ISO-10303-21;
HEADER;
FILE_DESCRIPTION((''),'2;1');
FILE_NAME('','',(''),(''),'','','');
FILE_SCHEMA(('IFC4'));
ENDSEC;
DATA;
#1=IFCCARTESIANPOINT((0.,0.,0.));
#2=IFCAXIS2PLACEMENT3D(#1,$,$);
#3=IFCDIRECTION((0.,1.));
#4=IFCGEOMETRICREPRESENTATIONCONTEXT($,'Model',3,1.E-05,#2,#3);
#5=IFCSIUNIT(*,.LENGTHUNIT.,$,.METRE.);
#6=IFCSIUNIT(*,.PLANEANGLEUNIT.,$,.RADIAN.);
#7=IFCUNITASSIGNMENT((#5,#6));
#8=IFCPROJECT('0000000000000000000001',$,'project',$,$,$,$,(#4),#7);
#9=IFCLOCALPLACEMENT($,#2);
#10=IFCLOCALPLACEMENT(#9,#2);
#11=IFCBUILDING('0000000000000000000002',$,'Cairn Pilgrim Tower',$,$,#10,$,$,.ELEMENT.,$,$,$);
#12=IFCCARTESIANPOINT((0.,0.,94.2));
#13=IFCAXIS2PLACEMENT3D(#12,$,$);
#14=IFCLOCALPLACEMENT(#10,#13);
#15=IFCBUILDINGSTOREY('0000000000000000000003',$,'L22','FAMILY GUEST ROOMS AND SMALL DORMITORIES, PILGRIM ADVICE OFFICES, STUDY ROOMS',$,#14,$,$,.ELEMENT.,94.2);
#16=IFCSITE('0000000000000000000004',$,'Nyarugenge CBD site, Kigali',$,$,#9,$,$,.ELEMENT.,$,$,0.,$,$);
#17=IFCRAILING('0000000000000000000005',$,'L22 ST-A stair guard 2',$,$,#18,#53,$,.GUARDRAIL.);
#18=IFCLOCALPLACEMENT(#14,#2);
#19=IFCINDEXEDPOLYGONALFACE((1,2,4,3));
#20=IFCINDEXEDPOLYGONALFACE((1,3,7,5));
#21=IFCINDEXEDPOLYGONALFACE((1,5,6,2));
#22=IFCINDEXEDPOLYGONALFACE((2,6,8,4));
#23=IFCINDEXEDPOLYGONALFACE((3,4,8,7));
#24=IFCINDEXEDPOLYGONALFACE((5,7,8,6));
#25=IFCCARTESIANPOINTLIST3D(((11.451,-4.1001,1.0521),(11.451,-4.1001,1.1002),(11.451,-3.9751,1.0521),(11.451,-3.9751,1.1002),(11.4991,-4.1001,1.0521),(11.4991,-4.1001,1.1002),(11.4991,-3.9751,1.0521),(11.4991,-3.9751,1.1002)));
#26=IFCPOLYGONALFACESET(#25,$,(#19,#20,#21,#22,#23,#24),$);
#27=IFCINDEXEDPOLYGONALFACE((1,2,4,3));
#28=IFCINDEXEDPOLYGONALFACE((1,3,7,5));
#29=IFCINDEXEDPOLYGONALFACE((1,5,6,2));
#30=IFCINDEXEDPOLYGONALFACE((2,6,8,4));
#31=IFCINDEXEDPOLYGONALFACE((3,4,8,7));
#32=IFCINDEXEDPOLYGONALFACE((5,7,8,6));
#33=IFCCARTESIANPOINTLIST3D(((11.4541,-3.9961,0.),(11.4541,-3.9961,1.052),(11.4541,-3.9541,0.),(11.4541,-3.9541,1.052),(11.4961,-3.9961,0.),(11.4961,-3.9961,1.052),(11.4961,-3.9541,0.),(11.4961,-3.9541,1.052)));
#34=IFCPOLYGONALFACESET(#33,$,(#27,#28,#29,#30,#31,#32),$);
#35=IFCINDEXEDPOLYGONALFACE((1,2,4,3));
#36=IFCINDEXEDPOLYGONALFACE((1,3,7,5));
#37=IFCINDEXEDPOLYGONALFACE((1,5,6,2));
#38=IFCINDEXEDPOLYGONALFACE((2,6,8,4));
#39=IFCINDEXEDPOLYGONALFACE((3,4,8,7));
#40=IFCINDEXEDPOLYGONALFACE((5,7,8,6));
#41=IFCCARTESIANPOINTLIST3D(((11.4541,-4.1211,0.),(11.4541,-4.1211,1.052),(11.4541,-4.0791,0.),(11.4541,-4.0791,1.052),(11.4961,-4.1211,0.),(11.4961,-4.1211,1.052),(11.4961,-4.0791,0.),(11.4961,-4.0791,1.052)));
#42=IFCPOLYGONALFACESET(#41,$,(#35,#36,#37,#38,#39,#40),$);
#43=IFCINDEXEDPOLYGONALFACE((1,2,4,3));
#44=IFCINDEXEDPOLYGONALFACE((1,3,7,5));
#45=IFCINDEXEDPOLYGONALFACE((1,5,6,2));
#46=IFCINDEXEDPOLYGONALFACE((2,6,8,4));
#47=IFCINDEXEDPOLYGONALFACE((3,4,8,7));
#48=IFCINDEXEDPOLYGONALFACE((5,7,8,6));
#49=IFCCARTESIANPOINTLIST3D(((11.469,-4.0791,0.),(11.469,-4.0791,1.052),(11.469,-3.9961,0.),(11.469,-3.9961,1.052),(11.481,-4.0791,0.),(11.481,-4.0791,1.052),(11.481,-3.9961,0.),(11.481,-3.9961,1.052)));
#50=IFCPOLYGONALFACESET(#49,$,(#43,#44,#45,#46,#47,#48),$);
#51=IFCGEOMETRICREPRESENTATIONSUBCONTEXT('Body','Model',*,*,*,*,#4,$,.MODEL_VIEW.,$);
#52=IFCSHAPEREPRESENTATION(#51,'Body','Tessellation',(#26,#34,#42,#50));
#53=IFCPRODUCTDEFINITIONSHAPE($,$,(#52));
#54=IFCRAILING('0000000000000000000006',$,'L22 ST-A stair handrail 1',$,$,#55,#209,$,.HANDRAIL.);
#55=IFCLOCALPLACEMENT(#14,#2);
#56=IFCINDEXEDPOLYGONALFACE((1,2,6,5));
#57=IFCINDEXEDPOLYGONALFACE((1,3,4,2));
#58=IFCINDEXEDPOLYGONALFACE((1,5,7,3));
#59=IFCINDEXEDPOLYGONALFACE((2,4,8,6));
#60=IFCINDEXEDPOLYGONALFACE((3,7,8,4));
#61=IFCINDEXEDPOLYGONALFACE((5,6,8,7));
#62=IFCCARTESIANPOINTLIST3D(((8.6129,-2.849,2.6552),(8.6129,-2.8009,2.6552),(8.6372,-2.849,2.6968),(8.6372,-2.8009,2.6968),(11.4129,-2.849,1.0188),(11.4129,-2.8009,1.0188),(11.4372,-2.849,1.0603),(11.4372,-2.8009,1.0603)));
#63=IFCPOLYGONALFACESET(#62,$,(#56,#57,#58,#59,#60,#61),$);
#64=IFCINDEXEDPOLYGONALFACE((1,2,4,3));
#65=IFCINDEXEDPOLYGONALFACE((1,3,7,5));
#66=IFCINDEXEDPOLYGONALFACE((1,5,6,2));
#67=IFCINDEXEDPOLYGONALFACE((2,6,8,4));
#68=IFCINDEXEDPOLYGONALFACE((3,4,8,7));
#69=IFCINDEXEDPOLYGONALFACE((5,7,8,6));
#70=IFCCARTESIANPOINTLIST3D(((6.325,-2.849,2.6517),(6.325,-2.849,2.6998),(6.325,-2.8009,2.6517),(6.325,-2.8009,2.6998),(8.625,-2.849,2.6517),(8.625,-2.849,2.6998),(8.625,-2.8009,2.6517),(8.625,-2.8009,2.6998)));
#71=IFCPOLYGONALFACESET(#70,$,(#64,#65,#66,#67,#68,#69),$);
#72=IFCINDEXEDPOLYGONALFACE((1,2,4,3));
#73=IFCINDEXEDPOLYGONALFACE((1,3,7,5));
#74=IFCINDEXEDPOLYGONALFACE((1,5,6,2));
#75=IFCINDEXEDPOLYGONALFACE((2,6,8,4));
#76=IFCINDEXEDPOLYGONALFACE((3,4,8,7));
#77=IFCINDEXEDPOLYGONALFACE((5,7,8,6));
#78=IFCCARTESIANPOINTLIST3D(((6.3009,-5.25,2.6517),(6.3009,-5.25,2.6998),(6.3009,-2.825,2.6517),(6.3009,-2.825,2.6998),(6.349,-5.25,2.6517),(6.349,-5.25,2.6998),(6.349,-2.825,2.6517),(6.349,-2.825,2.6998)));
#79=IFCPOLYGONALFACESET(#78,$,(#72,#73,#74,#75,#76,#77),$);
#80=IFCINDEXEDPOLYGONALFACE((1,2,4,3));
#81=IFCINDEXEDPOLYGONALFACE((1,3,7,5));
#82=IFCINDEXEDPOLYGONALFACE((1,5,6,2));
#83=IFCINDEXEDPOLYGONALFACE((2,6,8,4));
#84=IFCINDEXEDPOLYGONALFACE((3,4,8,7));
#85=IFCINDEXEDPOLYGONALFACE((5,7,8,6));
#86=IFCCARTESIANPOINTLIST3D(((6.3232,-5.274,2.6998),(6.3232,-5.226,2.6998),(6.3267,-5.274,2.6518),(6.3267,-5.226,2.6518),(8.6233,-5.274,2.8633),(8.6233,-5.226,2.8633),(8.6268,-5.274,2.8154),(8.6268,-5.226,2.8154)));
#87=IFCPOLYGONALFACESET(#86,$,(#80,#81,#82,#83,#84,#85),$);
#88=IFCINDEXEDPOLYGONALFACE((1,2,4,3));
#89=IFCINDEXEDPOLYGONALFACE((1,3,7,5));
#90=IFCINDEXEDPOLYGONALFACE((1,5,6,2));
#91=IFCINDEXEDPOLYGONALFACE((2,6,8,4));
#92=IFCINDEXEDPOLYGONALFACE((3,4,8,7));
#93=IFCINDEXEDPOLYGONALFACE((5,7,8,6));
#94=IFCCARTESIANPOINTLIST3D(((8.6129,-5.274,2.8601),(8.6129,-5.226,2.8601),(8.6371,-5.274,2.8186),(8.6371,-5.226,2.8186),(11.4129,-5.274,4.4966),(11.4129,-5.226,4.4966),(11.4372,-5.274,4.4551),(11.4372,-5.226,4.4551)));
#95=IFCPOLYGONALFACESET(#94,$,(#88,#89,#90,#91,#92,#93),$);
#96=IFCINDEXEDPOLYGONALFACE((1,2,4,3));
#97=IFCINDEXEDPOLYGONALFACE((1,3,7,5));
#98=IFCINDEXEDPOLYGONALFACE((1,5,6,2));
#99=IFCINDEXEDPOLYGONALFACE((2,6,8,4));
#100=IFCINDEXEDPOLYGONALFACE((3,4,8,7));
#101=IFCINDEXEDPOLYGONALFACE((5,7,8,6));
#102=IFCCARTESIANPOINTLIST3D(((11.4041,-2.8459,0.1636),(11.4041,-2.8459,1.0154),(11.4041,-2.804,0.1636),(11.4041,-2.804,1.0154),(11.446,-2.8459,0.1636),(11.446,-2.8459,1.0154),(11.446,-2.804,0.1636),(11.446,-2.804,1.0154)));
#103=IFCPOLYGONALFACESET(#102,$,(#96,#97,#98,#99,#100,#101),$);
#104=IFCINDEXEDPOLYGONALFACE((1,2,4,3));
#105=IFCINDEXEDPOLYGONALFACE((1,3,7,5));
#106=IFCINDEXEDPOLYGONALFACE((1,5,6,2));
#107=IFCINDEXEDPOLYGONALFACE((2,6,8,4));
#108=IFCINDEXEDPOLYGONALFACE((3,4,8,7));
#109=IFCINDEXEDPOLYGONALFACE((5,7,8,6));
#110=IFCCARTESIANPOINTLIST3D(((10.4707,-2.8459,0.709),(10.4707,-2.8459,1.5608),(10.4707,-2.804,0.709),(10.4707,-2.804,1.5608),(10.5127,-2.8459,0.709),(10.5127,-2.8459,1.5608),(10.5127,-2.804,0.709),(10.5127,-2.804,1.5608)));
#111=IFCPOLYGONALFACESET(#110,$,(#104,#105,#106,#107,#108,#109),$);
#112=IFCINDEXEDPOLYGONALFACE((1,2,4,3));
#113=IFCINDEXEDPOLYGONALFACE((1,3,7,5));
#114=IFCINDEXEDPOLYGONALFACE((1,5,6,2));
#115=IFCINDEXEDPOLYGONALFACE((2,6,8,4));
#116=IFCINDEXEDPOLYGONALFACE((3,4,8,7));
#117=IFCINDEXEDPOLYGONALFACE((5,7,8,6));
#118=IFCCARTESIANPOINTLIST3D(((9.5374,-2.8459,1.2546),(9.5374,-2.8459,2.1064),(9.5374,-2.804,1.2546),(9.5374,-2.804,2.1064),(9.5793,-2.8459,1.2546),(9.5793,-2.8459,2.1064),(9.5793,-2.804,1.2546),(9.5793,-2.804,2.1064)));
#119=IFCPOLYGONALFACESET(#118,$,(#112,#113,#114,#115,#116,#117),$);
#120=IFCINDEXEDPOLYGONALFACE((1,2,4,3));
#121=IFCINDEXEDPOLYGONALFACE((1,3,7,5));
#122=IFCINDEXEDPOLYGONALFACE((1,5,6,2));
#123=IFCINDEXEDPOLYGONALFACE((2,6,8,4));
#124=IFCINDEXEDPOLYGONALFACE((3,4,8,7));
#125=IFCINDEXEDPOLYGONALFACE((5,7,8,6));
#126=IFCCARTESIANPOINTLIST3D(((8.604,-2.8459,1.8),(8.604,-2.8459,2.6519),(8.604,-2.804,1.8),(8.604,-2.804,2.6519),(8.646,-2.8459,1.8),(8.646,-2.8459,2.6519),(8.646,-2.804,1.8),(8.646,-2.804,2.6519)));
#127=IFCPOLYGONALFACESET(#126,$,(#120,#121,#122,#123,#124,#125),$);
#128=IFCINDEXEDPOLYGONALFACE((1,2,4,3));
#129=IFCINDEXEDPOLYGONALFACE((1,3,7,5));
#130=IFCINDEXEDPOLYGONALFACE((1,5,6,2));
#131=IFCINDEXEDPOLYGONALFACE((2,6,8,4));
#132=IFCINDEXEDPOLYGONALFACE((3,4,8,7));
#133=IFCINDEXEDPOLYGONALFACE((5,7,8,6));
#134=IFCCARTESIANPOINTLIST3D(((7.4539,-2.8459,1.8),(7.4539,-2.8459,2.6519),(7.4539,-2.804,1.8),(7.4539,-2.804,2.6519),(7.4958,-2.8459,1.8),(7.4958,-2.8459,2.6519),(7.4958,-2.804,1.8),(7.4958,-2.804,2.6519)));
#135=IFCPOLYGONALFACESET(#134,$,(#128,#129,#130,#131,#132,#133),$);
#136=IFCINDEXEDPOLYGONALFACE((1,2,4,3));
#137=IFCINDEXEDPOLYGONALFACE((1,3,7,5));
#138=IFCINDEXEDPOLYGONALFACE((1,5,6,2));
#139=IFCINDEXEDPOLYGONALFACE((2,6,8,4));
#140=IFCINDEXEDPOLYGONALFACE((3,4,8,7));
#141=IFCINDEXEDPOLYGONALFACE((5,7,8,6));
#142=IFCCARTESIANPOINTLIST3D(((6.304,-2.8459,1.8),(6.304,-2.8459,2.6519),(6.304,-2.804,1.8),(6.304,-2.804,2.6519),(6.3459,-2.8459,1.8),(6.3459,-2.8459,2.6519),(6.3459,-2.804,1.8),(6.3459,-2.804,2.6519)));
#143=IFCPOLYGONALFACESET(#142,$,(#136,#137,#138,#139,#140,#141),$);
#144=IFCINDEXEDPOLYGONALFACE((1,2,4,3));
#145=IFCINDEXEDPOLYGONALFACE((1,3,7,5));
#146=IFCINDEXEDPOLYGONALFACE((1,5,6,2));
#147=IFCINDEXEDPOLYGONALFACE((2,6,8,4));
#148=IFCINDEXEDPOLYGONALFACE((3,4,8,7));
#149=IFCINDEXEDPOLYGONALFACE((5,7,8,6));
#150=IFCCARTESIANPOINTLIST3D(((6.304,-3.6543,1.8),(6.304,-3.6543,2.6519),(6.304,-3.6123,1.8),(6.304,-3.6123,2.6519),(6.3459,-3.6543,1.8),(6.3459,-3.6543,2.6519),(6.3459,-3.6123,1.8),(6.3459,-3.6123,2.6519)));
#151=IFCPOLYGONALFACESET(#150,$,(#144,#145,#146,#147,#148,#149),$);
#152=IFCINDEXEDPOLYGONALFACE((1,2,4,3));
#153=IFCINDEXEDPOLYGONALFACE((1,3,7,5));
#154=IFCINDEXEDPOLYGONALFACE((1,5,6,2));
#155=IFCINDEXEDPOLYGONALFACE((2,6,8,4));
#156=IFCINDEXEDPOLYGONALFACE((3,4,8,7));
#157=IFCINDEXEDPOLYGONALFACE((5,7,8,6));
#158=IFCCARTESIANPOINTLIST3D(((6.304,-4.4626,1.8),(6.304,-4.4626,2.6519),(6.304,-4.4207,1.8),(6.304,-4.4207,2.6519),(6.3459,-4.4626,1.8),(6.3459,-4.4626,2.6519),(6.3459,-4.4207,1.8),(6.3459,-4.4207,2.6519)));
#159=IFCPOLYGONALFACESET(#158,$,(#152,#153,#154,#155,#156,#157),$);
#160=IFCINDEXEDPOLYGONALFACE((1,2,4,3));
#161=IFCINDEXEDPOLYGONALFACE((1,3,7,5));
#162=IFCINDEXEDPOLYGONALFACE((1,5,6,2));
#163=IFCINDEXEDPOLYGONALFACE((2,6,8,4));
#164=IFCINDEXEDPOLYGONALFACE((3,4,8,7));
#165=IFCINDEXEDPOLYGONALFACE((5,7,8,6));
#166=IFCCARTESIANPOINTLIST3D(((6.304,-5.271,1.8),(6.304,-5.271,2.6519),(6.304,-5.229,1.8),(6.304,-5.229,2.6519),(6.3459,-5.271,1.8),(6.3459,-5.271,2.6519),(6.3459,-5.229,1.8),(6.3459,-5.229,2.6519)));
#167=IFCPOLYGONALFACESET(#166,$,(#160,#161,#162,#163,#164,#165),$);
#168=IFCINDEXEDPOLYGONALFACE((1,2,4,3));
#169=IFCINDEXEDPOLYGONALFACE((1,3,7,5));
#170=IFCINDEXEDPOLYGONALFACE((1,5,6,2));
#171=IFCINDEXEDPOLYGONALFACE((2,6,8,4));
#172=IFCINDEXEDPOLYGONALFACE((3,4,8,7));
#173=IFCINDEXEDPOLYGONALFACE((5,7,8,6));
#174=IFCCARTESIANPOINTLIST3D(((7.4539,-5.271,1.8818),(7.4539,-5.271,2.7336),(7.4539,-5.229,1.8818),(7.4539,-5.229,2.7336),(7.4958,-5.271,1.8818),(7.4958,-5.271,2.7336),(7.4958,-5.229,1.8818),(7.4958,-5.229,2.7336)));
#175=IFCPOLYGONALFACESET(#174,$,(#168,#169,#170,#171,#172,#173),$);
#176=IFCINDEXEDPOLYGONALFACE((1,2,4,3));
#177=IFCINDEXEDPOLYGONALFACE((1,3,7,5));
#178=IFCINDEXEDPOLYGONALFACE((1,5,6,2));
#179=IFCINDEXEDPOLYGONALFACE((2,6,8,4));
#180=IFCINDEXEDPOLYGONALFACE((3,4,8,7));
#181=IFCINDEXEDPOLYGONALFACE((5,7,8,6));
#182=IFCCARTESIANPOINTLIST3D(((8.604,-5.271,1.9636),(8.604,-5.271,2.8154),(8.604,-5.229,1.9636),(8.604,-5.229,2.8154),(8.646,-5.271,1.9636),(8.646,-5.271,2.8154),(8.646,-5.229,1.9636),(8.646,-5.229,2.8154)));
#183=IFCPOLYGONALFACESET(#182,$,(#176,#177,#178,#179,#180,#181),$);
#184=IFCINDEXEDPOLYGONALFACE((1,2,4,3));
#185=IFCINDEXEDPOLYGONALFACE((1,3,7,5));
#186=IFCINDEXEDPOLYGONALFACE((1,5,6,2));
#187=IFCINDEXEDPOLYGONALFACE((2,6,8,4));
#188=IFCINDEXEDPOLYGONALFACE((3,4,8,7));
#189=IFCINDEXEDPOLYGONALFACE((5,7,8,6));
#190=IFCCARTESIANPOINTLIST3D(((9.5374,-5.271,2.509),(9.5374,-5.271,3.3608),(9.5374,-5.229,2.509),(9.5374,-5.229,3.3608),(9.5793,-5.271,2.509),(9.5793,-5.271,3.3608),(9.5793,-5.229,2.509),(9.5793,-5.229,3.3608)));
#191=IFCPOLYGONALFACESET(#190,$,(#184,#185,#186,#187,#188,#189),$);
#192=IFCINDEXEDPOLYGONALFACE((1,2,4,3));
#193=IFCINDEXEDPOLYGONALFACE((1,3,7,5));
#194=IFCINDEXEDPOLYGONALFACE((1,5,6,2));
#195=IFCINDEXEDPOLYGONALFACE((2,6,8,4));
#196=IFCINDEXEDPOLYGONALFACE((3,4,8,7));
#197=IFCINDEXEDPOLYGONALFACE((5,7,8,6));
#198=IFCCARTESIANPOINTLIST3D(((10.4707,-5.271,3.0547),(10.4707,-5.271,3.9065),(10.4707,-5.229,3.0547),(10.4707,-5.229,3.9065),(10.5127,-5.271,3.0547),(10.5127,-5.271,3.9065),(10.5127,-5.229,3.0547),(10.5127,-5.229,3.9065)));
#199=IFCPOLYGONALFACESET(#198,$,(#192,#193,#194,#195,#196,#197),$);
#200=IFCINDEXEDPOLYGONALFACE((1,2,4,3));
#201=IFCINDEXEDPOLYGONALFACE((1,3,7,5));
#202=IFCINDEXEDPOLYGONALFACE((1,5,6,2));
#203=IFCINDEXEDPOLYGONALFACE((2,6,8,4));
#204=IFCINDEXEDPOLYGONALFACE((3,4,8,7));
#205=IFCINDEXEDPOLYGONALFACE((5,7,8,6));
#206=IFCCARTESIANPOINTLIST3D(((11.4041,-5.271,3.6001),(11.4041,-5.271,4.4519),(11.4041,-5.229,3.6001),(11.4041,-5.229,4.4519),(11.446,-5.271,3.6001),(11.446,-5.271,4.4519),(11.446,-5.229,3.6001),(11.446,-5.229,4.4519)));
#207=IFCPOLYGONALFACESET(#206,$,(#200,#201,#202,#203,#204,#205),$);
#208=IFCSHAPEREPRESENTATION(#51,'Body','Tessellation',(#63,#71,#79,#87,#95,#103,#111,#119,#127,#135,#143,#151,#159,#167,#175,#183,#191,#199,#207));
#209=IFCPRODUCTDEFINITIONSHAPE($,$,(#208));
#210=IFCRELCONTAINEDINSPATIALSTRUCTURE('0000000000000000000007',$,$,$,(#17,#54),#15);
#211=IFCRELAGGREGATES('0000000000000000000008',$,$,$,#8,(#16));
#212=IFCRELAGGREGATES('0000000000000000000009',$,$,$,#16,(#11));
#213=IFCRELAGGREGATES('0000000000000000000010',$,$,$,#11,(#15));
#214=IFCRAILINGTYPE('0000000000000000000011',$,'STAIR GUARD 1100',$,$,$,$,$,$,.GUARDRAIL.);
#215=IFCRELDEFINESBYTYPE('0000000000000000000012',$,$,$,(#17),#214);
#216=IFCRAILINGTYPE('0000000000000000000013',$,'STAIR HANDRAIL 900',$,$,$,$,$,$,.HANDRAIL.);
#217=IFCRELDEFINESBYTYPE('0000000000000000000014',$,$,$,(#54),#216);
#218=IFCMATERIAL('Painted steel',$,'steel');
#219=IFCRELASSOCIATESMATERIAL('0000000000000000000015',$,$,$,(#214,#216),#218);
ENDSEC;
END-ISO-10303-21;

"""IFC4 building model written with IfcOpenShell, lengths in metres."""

from ifc_helpers import new_model, si_unit, direction, frame, origin, origin_2d, place, context, subcontext, project, spatial, polyline, rectangle, outline, extrude, material, type_object, element, save


model = new_model("IFC4")

# Units and contexts
model_context = context("Model", 3, precision=1e-05, world=origin(), true_north=direction((0.0, 1.0)))
body_context = subcontext(model_context, "Body", "Model", "MODEL_VIEW")
ifc_project = project(units=[si_unit("LENGTHUNIT", "METRE"), si_unit("PLANEANGLEUNIT", "RADIAN")], contexts=[model_context])

# Site, building, storey
site_placement = place(None, origin())
site = spatial("IfcSite", under=ifc_project, at=site_placement, Name="Nyarugenge CBD site, Kigali", CompositionType="ELEMENT", RefElevation=0.0)
building_placement = place(site_placement, origin())
building = spatial("IfcBuilding", under=site, at=building_placement, Name="Cairn Pilgrim Tower", CompositionType="ELEMENT")
storey_placement = place(building_placement, frame((0.0, 0.0, 94.2)))
storey = spatial("IfcBuildingStorey", under=building, at=storey_placement, Name="L22", Description="FAMILY GUEST ROOMS AND SMALL DORMITORIES, PILGRIM ADVICE OFFICES, STUDY ROOMS", CompositionType="ELEMENT", Elevation=94.2)

# Shared definitions
ifc_material_1 = material(Name="Painted steel", Category="steel")

# Railings
railing_type_1 = type_object("IfcRailingType", Name="STAIR GUARD 1100", PredefinedType="GUARDRAIL", material=ifc_material_1)
railing_1_placement = place(storey_placement, frame((11.4751, -3.9751, 0.0)))
element("IfcRailing", 1, at=railing_1_placement, inside=storey, type_object=railing_type_1, Name="L22 ST-A stair guard 2", PredefinedType="GUARDRAIL", context=body_context, shape_type="SweptSolid", body=[
    extrude(rectangle(XDim=0.0481, YDim=0.0481, at=origin_2d()), frame((0.0, 0.0, 1.0762), z_axis=(0.0, -1.0, 0.0), x_axis=(1.0, 0.0, 0.0)), (0.0, 0.0, 1.0), 0.125),
    extrude(rectangle(XDim=0.042, YDim=0.042, at=origin_2d()), origin(), (0.0, 0.0, 1.0), 1.052),
    extrude(rectangle(XDim=0.042, YDim=0.042, at=origin_2d()), frame((0.0, -0.125, 0.0)), (0.0, 0.0, 1.0), 1.052),
    extrude(outline(polyline([(0.021, 0.0), (0.104, 0.0), (0.104, 1.052), (0.021, 1.052), (0.021, 0.0)])), frame((0.0059, 0.0, 0.0), z_axis=(-1.0, 0.0, 0.0), x_axis=(0.0, -1.0, 0.0)), (0.0, 0.0, 1.0), 0.012),
])
railing_type_2 = type_object("IfcRailingType", Name="STAIR HANDRAIL 900", PredefinedType="HANDRAIL", material=ifc_material_1)
railing_2_placement = place(storey_placement, frame((11.425, -2.825, 0.1636)))
element("IfcRailing", 2, at=railing_2_placement, inside=storey, type_object=railing_type_2, Name="L22 ST-A stair handrail 1", PredefinedType="HANDRAIL", context=body_context, shape_type="SweptSolid", body=[
    extrude(rectangle(XDim=0.0481, YDim=0.0481, at=origin_2d()), frame((0.0, 0.0, 0.876), z_axis=(-0.863361, 0.0, 0.504587), x_axis=(0.0, -1.0, 0.0)), (0.0, 0.0, 1.0), 3.2432),
    extrude(rectangle(XDim=0.0481, YDim=0.0481, at=origin_2d()), frame((-2.8, 0.0, 2.5122), z_axis=(-1.0, 0.0, 0.0), x_axis=(0.0, -1.0, 0.0)), (0.0, 0.0, 1.0), 2.3),
    extrude(rectangle(XDim=0.0481, YDim=0.0481, at=origin_2d()), frame((-5.1001, 0.0, 2.5122), z_axis=(0.0, -1.0, 0.0), x_axis=(1.0, 0.0, 0.0)), (0.0, 0.0, 1.0), 2.425),
    extrude(rectangle(XDim=0.0481, YDim=0.0481, at=origin_2d()), frame((-5.1001, -2.425, 2.5122), z_axis=(0.997481, 0.0, 0.070939), x_axis=(0.0, 1.0, 0.0)), (0.0, 0.0, 1.0), 2.3059),
    extrude(rectangle(XDim=0.0481, YDim=0.0481, at=origin_2d()), frame((-2.8, -2.425, 2.6758), z_axis=(0.863361, 0.0, 0.504587), x_axis=(0.0, 1.0, 0.0)), (0.0, 0.0, 1.0), 3.2432),
    extrude(rectangle(XDim=0.042, YDim=0.042, at=origin_2d()), origin(), (0.0, 0.0, 1.0), 0.8518),
    extrude(rectangle(XDim=0.042, YDim=0.042, at=origin_2d()), frame((-0.9333, 0.0, 0.5454)), (0.0, 0.0, 1.0), 0.8518),
    extrude(rectangle(XDim=0.042, YDim=0.042, at=origin_2d()), frame((-1.8667, 0.0, 1.0911)), (0.0, 0.0, 1.0), 0.8518),
    extrude(rectangle(XDim=0.042, YDim=0.042, at=origin_2d()), frame((-2.8, 0.0, 1.6365)), (0.0, 0.0, 1.0), 0.8518),
    extrude(rectangle(XDim=0.042, YDim=0.042, at=origin_2d()), frame((-3.9502, 0.0, 1.6365)), (0.0, 0.0, 1.0), 0.8518),
    extrude(rectangle(XDim=0.042, YDim=0.042, at=origin_2d()), frame((-5.1001, 0.0, 1.6365)), (0.0, 0.0, 1.0), 0.8518),
    extrude(rectangle(XDim=0.042, YDim=0.042, at=origin_2d()), frame((-5.1001, -0.8083, 1.6365)), (0.0, 0.0, 1.0), 0.8518),
    extrude(rectangle(XDim=0.042, YDim=0.042, at=origin_2d()), frame((-5.1001, -1.6167, 1.6365)), (0.0, 0.0, 1.0), 0.8518),
    extrude(rectangle(XDim=0.042, YDim=0.042, at=origin_2d()), frame((-5.1001, -2.425, 1.6365)), (0.0, 0.0, 1.0), 0.8518),
    extrude(rectangle(XDim=0.042, YDim=0.042, at=origin_2d()), frame((-3.9502, -2.425, 1.7183)), (0.0, 0.0, 1.0), 0.8518),
    extrude(rectangle(XDim=0.042, YDim=0.042, at=origin_2d()), frame((-2.8, -2.425, 1.8)), (0.0, 0.0, 1.0), 0.8518),
    extrude(rectangle(XDim=0.042, YDim=0.042, at=origin_2d()), frame((-1.8667, -2.425, 2.3455)), (0.0, 0.0, 1.0), 0.8518),
    extrude(rectangle(XDim=0.042, YDim=0.042, at=origin_2d()), frame((-0.9333, -2.425, 2.8911)), (0.0, 0.0, 1.0), 0.8518),
    extrude(rectangle(XDim=0.042, YDim=0.042, at=origin_2d()), frame((0.0, -2.425, 3.4365)), (0.0, 0.0, 1.0), 0.8518),
])

save(model, "model.ifc")
